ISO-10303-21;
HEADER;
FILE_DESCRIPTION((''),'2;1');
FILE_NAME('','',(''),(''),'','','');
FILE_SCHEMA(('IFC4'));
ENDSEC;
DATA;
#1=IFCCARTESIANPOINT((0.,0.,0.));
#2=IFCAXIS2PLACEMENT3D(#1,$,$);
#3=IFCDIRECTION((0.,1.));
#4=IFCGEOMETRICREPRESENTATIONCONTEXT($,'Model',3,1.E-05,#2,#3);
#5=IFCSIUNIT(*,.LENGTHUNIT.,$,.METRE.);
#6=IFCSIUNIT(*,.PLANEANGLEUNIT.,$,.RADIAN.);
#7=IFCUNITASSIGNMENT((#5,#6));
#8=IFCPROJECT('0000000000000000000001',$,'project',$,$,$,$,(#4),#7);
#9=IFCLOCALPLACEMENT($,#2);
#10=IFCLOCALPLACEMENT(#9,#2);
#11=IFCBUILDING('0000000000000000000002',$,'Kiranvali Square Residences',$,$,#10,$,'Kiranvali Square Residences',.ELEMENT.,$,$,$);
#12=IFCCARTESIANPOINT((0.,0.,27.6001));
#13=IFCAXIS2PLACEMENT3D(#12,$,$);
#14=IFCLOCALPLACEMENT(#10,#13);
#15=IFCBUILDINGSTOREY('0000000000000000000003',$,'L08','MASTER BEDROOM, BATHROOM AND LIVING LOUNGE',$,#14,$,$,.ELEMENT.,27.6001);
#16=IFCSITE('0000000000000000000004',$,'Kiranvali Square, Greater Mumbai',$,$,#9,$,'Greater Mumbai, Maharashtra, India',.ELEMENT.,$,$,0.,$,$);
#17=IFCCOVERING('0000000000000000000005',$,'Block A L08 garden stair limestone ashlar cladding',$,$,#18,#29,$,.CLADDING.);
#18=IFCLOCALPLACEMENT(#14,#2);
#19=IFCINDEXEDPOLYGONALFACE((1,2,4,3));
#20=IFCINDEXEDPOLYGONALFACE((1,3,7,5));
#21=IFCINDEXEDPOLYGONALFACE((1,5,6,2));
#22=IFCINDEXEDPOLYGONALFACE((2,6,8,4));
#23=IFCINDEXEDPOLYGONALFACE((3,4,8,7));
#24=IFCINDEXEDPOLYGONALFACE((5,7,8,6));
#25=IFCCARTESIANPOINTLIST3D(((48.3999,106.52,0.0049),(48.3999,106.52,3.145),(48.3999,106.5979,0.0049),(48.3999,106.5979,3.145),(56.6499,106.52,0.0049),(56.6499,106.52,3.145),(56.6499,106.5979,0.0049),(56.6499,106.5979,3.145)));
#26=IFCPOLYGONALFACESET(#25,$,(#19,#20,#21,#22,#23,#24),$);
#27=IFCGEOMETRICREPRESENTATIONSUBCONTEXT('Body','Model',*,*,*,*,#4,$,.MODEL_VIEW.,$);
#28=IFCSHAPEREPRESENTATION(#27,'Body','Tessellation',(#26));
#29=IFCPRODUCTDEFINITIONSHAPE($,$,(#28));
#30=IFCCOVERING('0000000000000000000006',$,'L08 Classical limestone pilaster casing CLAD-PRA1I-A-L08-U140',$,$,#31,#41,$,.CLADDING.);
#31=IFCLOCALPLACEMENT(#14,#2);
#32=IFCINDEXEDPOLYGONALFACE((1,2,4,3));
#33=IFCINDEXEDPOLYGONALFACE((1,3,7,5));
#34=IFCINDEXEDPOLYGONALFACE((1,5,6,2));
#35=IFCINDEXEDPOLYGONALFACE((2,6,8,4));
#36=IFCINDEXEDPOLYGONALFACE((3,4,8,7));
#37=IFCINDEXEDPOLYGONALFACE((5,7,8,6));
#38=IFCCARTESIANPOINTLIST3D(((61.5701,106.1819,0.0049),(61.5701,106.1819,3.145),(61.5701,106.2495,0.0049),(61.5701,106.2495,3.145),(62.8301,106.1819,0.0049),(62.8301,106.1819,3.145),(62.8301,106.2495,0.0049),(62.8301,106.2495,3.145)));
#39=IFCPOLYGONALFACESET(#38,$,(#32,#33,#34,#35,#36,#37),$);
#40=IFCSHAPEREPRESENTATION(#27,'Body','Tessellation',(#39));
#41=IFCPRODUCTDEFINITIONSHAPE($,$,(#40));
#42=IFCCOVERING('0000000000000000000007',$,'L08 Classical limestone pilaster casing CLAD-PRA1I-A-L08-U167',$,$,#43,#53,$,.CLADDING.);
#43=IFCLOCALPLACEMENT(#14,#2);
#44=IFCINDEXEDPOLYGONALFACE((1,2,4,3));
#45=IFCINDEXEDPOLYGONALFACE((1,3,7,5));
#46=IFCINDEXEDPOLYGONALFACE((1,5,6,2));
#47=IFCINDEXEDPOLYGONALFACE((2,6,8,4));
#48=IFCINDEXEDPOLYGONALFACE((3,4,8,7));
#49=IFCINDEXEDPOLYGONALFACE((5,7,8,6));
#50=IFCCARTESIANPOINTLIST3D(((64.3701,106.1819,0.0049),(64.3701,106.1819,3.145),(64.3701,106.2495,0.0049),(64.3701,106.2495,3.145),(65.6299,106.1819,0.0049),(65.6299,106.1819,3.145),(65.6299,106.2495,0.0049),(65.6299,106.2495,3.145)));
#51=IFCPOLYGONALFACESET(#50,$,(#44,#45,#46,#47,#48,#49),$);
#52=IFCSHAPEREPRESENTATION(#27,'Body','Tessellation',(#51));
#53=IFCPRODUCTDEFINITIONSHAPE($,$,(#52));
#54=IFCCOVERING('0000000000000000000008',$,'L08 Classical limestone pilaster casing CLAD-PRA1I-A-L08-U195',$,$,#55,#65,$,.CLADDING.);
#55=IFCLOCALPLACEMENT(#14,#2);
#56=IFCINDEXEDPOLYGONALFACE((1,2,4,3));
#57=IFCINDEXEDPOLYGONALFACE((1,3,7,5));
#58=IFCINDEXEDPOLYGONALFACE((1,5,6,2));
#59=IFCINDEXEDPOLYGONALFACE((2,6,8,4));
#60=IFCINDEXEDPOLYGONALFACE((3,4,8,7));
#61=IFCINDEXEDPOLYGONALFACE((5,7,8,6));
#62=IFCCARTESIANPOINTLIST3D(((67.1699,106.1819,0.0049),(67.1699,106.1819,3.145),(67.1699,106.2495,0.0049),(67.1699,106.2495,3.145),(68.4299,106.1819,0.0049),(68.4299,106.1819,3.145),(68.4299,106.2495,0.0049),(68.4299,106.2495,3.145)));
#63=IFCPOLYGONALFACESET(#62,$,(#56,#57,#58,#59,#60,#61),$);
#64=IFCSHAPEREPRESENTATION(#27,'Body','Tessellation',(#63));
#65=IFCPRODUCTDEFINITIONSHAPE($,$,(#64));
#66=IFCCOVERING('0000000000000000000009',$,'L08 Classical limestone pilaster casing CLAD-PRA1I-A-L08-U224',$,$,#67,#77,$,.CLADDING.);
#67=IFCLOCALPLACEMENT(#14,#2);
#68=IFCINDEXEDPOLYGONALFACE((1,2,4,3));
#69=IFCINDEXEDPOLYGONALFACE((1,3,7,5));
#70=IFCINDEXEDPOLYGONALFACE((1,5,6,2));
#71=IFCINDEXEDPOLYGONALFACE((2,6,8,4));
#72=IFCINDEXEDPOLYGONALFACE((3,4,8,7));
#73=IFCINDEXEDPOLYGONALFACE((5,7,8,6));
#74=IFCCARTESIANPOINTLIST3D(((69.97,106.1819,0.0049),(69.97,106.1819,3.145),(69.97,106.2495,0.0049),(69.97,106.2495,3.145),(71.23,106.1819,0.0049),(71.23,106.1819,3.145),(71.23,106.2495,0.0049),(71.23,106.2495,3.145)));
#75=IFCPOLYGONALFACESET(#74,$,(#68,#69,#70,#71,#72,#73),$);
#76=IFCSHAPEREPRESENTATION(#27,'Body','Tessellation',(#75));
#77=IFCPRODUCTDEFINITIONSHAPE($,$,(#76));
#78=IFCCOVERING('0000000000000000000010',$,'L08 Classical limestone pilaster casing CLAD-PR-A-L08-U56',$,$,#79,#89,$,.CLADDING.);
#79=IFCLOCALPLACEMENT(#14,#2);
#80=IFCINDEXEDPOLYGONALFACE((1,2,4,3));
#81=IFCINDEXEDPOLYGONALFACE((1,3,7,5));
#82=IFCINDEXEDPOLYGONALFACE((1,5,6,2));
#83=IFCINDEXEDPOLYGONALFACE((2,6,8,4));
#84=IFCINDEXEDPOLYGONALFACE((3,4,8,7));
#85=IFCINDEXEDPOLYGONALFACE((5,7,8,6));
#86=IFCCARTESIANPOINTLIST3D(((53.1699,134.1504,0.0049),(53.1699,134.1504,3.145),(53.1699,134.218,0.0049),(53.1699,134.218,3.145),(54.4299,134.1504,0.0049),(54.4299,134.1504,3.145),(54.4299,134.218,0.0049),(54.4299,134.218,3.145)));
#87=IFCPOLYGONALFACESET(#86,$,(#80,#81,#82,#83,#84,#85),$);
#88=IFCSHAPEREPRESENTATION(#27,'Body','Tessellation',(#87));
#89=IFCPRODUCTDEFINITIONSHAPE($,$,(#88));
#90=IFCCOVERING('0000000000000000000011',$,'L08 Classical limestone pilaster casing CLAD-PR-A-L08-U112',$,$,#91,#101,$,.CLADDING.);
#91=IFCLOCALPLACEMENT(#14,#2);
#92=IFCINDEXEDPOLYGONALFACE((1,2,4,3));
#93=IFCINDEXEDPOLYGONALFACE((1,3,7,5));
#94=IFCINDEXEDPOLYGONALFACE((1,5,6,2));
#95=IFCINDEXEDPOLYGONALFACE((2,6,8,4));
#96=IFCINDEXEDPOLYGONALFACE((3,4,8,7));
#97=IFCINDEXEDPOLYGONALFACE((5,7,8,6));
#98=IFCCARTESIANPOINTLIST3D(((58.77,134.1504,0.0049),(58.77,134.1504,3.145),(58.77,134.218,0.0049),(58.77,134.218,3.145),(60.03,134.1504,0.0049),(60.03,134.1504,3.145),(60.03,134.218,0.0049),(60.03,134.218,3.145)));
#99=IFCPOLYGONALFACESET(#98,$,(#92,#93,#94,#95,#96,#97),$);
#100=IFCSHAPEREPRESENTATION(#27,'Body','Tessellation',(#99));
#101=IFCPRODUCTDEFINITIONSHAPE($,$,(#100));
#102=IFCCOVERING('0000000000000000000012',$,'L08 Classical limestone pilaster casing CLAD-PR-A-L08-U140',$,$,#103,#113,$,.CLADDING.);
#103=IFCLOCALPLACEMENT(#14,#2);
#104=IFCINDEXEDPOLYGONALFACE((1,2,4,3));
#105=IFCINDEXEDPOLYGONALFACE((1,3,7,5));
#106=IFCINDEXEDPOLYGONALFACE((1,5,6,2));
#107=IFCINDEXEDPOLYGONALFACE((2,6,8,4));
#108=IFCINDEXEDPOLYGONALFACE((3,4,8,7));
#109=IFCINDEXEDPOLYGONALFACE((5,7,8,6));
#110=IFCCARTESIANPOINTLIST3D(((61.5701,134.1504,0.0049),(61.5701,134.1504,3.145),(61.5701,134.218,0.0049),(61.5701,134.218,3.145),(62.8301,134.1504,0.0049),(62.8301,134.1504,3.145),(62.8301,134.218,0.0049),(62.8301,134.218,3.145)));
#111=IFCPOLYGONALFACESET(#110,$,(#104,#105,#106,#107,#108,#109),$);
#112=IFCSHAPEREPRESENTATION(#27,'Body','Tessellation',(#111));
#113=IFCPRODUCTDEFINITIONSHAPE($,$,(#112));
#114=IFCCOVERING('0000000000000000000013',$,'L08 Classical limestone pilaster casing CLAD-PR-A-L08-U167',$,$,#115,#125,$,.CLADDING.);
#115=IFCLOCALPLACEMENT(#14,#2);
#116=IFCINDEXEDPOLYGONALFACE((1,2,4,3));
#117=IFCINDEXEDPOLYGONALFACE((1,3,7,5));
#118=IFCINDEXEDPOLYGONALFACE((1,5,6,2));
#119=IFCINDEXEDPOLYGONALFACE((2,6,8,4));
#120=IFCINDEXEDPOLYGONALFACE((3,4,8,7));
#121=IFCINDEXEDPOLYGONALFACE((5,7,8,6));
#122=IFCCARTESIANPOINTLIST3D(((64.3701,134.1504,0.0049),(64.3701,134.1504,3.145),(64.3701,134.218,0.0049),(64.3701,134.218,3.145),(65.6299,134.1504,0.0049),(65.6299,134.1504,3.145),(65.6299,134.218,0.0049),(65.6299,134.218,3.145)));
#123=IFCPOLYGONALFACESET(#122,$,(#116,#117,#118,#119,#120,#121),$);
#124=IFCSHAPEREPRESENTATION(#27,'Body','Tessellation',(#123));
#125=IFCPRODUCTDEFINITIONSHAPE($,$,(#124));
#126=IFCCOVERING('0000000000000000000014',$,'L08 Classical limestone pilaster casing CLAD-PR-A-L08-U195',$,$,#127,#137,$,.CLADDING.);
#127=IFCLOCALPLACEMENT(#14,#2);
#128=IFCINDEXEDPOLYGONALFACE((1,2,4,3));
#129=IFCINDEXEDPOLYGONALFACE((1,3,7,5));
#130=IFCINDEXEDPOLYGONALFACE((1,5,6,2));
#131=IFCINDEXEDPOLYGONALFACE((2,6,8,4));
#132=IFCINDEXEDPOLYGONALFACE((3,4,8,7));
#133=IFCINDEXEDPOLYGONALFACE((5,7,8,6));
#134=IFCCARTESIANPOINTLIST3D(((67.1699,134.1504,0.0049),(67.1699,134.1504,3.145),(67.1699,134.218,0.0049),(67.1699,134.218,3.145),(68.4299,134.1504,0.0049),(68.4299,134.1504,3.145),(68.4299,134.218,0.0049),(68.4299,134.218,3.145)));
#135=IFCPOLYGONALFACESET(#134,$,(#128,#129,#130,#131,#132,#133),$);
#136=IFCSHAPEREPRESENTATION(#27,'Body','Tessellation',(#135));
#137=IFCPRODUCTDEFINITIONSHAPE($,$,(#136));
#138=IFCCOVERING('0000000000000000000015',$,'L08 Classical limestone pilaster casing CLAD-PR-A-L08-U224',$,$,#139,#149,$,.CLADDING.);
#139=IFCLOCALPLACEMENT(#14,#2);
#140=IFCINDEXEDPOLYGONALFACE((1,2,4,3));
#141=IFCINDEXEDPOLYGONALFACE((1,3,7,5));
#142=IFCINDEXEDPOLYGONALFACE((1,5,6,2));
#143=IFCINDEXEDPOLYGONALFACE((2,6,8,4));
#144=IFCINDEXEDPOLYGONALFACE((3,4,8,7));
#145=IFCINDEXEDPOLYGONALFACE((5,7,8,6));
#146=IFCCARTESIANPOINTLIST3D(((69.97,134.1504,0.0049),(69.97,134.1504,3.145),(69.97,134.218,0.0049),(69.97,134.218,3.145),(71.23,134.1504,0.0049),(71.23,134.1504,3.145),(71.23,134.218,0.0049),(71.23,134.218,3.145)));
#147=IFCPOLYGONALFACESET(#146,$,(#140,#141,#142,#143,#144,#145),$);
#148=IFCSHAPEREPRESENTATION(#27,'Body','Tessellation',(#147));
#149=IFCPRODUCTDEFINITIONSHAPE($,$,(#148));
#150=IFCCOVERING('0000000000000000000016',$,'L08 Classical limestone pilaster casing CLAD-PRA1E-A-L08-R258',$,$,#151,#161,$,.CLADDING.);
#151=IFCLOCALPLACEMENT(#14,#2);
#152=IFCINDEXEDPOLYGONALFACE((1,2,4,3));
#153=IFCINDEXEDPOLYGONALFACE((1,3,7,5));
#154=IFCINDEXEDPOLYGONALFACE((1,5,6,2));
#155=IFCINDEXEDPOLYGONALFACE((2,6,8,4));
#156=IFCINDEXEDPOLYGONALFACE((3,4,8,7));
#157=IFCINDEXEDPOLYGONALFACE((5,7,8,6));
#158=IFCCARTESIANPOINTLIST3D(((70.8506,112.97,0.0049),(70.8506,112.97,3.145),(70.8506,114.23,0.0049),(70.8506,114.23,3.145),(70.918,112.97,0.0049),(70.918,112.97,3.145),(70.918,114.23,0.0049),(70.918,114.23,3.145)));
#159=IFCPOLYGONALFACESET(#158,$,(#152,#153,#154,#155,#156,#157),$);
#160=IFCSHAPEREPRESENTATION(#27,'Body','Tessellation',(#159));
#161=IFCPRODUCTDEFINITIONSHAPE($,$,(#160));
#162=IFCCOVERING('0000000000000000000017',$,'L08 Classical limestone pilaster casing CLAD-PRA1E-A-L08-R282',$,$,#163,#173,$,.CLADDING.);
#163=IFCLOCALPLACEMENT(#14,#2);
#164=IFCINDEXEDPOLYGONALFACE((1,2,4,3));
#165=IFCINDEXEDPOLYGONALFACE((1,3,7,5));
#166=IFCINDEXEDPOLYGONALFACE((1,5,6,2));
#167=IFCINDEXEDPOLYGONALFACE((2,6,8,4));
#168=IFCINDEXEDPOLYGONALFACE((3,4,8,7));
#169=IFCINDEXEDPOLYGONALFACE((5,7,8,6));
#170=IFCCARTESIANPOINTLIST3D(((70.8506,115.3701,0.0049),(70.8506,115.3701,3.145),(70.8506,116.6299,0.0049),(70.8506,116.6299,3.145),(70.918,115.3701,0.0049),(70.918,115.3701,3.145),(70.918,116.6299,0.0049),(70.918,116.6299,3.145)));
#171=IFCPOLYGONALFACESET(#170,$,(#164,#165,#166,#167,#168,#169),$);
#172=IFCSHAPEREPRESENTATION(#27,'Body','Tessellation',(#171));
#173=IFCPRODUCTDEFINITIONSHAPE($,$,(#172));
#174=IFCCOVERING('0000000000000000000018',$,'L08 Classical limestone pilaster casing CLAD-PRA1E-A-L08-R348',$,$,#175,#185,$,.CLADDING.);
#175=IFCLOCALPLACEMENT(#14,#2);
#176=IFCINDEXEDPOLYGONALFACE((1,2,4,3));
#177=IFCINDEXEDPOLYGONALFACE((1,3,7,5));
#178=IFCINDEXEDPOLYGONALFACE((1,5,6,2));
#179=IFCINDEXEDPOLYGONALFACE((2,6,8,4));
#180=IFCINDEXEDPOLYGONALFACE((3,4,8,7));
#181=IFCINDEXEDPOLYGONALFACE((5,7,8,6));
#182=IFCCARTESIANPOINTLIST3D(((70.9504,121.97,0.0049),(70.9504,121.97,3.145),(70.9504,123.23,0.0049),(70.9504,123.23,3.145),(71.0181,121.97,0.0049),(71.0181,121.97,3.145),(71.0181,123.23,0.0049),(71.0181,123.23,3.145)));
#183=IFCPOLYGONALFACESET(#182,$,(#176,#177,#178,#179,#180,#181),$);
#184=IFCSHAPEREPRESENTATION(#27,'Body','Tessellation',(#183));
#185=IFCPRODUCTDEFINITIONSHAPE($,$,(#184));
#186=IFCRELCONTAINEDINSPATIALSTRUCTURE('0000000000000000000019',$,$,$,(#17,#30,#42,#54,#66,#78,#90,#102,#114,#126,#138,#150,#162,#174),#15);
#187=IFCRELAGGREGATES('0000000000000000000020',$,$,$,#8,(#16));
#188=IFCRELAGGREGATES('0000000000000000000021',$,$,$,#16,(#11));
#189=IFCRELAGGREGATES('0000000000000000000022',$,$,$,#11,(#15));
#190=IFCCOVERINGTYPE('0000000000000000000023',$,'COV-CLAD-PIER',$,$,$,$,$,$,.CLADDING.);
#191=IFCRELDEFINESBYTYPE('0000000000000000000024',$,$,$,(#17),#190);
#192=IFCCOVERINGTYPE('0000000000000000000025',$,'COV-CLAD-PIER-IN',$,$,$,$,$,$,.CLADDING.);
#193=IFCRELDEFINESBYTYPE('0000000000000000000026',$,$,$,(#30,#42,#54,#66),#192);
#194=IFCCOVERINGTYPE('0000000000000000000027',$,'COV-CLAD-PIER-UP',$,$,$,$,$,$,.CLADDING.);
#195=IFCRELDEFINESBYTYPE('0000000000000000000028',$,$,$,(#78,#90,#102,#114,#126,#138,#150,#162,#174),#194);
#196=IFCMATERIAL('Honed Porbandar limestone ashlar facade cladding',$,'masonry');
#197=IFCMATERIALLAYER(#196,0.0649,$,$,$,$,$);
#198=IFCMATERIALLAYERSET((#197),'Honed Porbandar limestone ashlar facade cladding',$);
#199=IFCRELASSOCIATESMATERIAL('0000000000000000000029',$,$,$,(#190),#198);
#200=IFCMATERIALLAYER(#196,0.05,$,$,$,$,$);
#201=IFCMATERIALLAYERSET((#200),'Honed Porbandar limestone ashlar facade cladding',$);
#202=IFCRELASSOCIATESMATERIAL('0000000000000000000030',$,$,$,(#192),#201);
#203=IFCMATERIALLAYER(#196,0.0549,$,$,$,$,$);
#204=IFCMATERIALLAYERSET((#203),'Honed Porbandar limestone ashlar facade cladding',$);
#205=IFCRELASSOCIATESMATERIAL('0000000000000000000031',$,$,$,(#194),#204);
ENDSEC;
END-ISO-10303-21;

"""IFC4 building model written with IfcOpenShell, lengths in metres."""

from ifc_helpers import new_model, si_unit, direction, frame, origin, place, context, subcontext, project, spatial, polyline, outline, extrude, material, layer, layer_set, type_object, element, save


model = new_model("IFC4")

# Units and contexts
model_context = context("Model", 3, precision=1e-05, world=origin(), true_north=direction((0.0, 1.0)))
body_context = subcontext(model_context, "Body", "Model", "MODEL_VIEW")
ifc_project = project(units=[si_unit("LENGTHUNIT", "METRE"), si_unit("PLANEANGLEUNIT", "RADIAN")], contexts=[model_context])

# Site, building, storey
site_placement = place(None, origin())
site = spatial("IfcSite", under=ifc_project, at=site_placement, Name="Kiranvali Square, Greater Mumbai", LongName="Greater Mumbai, Maharashtra, India", CompositionType="ELEMENT", RefElevation=0.0)
building_placement = place(site_placement, origin())
building = spatial("IfcBuilding", under=site, at=building_placement, Name="Kiranvali Square Residences", LongName="Kiranvali Square Residences", CompositionType="ELEMENT")
storey_placement = place(building_placement, frame((0.0, 0.0, 27.6001)))
storey = spatial("IfcBuildingStorey", under=building, at=storey_placement, Name="L08", Description="MASTER BEDROOM, BATHROOM AND LIVING LOUNGE", CompositionType="ELEMENT", Elevation=27.6001)

# Coverings
ifc_material = material(Name="Honed Porbandar limestone ashlar facade cladding", Category="masonry")
ifc_layer_1 = layer(ifc_material, 0.0649)
ifc_layer_set_1 = layer_set([ifc_layer_1], Name="Honed Porbandar limestone ashlar facade cladding")
covering_type_1 = type_object("IfcCoveringType", Name="COV-CLAD-PIER", PredefinedType="CLADDING", material=ifc_layer_set_1)
covering_1_placement = place(storey_placement, frame((0.0, 0.0, 0.0049)))
element("IfcCovering", 1, at=covering_1_placement, inside=storey, type_object=covering_type_1, Name="Block A L08 garden stair limestone ashlar cladding", PredefinedType="CLADDING", context=body_context, shape_type="SweptSolid", body=[
    extrude(outline(polyline([(48.3999, 106.52), (56.6499, 106.52), (56.6499, 106.5979), (48.3999, 106.5979), (48.3999, 106.52)])), origin(), (0.0, 0.0, 1.0), 3.1401),
])
ifc_layer_2 = layer(ifc_material, 0.05)
ifc_layer_set_2 = layer_set([ifc_layer_2], Name="Honed Porbandar limestone ashlar facade cladding")
covering_type_2 = type_object("IfcCoveringType", Name="COV-CLAD-PIER-IN", PredefinedType="CLADDING", material=ifc_layer_set_2)
covering_2_placement = place(storey_placement, frame((0.0, 0.0, 0.0049)))
element("IfcCovering", 2, at=covering_2_placement, inside=storey, type_object=covering_type_2, Name="L08 Classical limestone pilaster casing CLAD-PRA1I-A-L08-U140", PredefinedType="CLADDING", context=body_context, shape_type="SweptSolid", body=[
    extrude(outline(polyline([(61.5701, 106.1819), (62.8301, 106.1819), (62.8301, 106.2495), (61.5701, 106.2495), (61.5701, 106.1819)])), origin(), (0.0, 0.0, 1.0), 3.1401),
])
covering_3_placement = place(storey_placement, frame((0.0, 0.0, 0.0049)))
element("IfcCovering", 3, at=covering_3_placement, inside=storey, type_object=covering_type_2, Name="L08 Classical limestone pilaster casing CLAD-PRA1I-A-L08-U167", PredefinedType="CLADDING", context=body_context, shape_type="SweptSolid", body=[
    extrude(outline(polyline([(64.3701, 106.1819), (65.6299, 106.1819), (65.6299, 106.2495), (64.3701, 106.2495), (64.3701, 106.1819)])), origin(), (0.0, 0.0, 1.0), 3.1401),
])
covering_4_placement = place(storey_placement, frame((0.0, 0.0, 0.0049)))
element("IfcCovering", 4, at=covering_4_placement, inside=storey, type_object=covering_type_2, Name="L08 Classical limestone pilaster casing CLAD-PRA1I-A-L08-U195", PredefinedType="CLADDING", context=body_context, shape_type="SweptSolid", body=[
    extrude(outline(polyline([(67.1699, 106.1819), (68.4299, 106.1819), (68.4299, 106.2495), (67.1699, 106.2495), (67.1699, 106.1819)])), origin(), (0.0, 0.0, 1.0), 3.1401),
])
covering_5_placement = place(storey_placement, frame((0.0, 0.0, 0.0049)))
element("IfcCovering", 5, at=covering_5_placement, inside=storey, type_object=covering_type_2, Name="L08 Classical limestone pilaster casing CLAD-PRA1I-A-L08-U224", PredefinedType="CLADDING", context=body_context, shape_type="SweptSolid", body=[
    extrude(outline(polyline([(69.97, 106.1819), (71.23, 106.1819), (71.23, 106.2495), (69.97, 106.2495), (69.97, 106.1819)])), origin(), (0.0, 0.0, 1.0), 3.1401),
])
ifc_layer_3 = layer(ifc_material, 0.0549)
ifc_layer_set_3 = layer_set([ifc_layer_3], Name="Honed Porbandar limestone ashlar facade cladding")
covering_type_3 = type_object("IfcCoveringType", Name="COV-CLAD-PIER-UP", PredefinedType="CLADDING", material=ifc_layer_set_3)
covering_6_placement = place(storey_placement, frame((0.0, 0.0, 0.0049)))
element("IfcCovering", 6, at=covering_6_placement, inside=storey, type_object=covering_type_3, Name="L08 Classical limestone pilaster casing CLAD-PR-A-L08-U56", PredefinedType="CLADDING", context=body_context, shape_type="SweptSolid", body=[
    extrude(outline(polyline([(53.1699, 134.1504), (54.4299, 134.1504), (54.4299, 134.218), (53.1699, 134.218), (53.1699, 134.1504)])), origin(), (0.0, 0.0, 1.0), 3.1401),
])
covering_7_placement = place(storey_placement, frame((0.0, 0.0, 0.0049)))
element("IfcCovering", 7, at=covering_7_placement, inside=storey, type_object=covering_type_3, Name="L08 Classical limestone pilaster casing CLAD-PR-A-L08-U112", PredefinedType="CLADDING", context=body_context, shape_type="SweptSolid", body=[
    extrude(outline(polyline([(58.77, 134.1504), (60.03, 134.1504), (60.03, 134.218), (58.77, 134.218), (58.77, 134.1504)])), origin(), (0.0, 0.0, 1.0), 3.1401),
])
covering_8_placement = place(storey_placement, frame((0.0, 0.0, 0.0049)))
element("IfcCovering", 8, at=covering_8_placement, inside=storey, type_object=covering_type_3, Name="L08 Classical limestone pilaster casing CLAD-PR-A-L08-U140", PredefinedType="CLADDING", context=body_context, shape_type="SweptSolid", body=[
    extrude(outline(polyline([(61.5701, 134.1504), (62.8301, 134.1504), (62.8301, 134.218), (61.5701, 134.218), (61.5701, 134.1504)])), origin(), (0.0, 0.0, 1.0), 3.1401),
])
covering_9_placement = place(storey_placement, frame((0.0, 0.0, 0.0049)))
element("IfcCovering", 9, at=covering_9_placement, inside=storey, type_object=covering_type_3, Name="L08 Classical limestone pilaster casing CLAD-PR-A-L08-U167", PredefinedType="CLADDING", context=body_context, shape_type="SweptSolid", body=[
    extrude(outline(polyline([(64.3701, 134.1504), (65.6299, 134.1504), (65.6299, 134.218), (64.3701, 134.218), (64.3701, 134.1504)])), origin(), (0.0, 0.0, 1.0), 3.1401),
])
covering_10_placement = place(storey_placement, frame((0.0, 0.0, 0.0049)))
element("IfcCovering", 10, at=covering_10_placement, inside=storey, type_object=covering_type_3, Name="L08 Classical limestone pilaster casing CLAD-PR-A-L08-U195", PredefinedType="CLADDING", context=body_context, shape_type="SweptSolid", body=[
    extrude(outline(polyline([(67.1699, 134.1504), (68.4299, 134.1504), (68.4299, 134.218), (67.1699, 134.218), (67.1699, 134.1504)])), origin(), (0.0, 0.0, 1.0), 3.1401),
])
covering_11_placement = place(storey_placement, frame((0.0, 0.0, 0.0049)))
element("IfcCovering", 11, at=covering_11_placement, inside=storey, type_object=covering_type_3, Name="L08 Classical limestone pilaster casing CLAD-PR-A-L08-U224", PredefinedType="CLADDING", context=body_context, shape_type="SweptSolid", body=[
    extrude(outline(polyline([(69.97, 134.1504), (71.23, 134.1504), (71.23, 134.218), (69.97, 134.218), (69.97, 134.1504)])), origin(), (0.0, 0.0, 1.0), 3.1401),
])
covering_12_placement = place(storey_placement, frame((0.0, 0.0, 0.0049)))
element("IfcCovering", 12, at=covering_12_placement, inside=storey, type_object=covering_type_3, Name="L08 Classical limestone pilaster casing CLAD-PRA1E-A-L08-R258", PredefinedType="CLADDING", context=body_context, shape_type="SweptSolid", body=[
    extrude(outline(polyline([(70.918, 112.97), (70.918, 114.23), (70.8506, 114.23), (70.8506, 112.97), (70.918, 112.97)])), origin(), (0.0, 0.0, 1.0), 3.1401),
])
covering_13_placement = place(storey_placement, frame((0.0, 0.0, 0.0049)))
element("IfcCovering", 13, at=covering_13_placement, inside=storey, type_object=covering_type_3, Name="L08 Classical limestone pilaster casing CLAD-PRA1E-A-L08-R282", PredefinedType="CLADDING", context=body_context, shape_type="SweptSolid", body=[
    extrude(outline(polyline([(70.918, 115.3701), (70.918, 116.6299), (70.8506, 116.6299), (70.8506, 115.3701), (70.918, 115.3701)])), origin(), (0.0, 0.0, 1.0), 3.1401),
])
covering_14_placement = place(storey_placement, frame((0.0, 0.0, 0.0049)))
element("IfcCovering", 14, at=covering_14_placement, inside=storey, type_object=covering_type_3, Name="L08 Classical limestone pilaster casing CLAD-PRA1E-A-L08-R348", PredefinedType="CLADDING", context=body_context, shape_type="SweptSolid", body=[
    extrude(outline(polyline([(71.0181, 121.97), (71.0181, 123.23), (70.9504, 123.23), (70.9504, 121.97), (71.0181, 121.97)])), origin(), (0.0, 0.0, 1.0), 3.1401),
])

save(model, "model.ifc")
